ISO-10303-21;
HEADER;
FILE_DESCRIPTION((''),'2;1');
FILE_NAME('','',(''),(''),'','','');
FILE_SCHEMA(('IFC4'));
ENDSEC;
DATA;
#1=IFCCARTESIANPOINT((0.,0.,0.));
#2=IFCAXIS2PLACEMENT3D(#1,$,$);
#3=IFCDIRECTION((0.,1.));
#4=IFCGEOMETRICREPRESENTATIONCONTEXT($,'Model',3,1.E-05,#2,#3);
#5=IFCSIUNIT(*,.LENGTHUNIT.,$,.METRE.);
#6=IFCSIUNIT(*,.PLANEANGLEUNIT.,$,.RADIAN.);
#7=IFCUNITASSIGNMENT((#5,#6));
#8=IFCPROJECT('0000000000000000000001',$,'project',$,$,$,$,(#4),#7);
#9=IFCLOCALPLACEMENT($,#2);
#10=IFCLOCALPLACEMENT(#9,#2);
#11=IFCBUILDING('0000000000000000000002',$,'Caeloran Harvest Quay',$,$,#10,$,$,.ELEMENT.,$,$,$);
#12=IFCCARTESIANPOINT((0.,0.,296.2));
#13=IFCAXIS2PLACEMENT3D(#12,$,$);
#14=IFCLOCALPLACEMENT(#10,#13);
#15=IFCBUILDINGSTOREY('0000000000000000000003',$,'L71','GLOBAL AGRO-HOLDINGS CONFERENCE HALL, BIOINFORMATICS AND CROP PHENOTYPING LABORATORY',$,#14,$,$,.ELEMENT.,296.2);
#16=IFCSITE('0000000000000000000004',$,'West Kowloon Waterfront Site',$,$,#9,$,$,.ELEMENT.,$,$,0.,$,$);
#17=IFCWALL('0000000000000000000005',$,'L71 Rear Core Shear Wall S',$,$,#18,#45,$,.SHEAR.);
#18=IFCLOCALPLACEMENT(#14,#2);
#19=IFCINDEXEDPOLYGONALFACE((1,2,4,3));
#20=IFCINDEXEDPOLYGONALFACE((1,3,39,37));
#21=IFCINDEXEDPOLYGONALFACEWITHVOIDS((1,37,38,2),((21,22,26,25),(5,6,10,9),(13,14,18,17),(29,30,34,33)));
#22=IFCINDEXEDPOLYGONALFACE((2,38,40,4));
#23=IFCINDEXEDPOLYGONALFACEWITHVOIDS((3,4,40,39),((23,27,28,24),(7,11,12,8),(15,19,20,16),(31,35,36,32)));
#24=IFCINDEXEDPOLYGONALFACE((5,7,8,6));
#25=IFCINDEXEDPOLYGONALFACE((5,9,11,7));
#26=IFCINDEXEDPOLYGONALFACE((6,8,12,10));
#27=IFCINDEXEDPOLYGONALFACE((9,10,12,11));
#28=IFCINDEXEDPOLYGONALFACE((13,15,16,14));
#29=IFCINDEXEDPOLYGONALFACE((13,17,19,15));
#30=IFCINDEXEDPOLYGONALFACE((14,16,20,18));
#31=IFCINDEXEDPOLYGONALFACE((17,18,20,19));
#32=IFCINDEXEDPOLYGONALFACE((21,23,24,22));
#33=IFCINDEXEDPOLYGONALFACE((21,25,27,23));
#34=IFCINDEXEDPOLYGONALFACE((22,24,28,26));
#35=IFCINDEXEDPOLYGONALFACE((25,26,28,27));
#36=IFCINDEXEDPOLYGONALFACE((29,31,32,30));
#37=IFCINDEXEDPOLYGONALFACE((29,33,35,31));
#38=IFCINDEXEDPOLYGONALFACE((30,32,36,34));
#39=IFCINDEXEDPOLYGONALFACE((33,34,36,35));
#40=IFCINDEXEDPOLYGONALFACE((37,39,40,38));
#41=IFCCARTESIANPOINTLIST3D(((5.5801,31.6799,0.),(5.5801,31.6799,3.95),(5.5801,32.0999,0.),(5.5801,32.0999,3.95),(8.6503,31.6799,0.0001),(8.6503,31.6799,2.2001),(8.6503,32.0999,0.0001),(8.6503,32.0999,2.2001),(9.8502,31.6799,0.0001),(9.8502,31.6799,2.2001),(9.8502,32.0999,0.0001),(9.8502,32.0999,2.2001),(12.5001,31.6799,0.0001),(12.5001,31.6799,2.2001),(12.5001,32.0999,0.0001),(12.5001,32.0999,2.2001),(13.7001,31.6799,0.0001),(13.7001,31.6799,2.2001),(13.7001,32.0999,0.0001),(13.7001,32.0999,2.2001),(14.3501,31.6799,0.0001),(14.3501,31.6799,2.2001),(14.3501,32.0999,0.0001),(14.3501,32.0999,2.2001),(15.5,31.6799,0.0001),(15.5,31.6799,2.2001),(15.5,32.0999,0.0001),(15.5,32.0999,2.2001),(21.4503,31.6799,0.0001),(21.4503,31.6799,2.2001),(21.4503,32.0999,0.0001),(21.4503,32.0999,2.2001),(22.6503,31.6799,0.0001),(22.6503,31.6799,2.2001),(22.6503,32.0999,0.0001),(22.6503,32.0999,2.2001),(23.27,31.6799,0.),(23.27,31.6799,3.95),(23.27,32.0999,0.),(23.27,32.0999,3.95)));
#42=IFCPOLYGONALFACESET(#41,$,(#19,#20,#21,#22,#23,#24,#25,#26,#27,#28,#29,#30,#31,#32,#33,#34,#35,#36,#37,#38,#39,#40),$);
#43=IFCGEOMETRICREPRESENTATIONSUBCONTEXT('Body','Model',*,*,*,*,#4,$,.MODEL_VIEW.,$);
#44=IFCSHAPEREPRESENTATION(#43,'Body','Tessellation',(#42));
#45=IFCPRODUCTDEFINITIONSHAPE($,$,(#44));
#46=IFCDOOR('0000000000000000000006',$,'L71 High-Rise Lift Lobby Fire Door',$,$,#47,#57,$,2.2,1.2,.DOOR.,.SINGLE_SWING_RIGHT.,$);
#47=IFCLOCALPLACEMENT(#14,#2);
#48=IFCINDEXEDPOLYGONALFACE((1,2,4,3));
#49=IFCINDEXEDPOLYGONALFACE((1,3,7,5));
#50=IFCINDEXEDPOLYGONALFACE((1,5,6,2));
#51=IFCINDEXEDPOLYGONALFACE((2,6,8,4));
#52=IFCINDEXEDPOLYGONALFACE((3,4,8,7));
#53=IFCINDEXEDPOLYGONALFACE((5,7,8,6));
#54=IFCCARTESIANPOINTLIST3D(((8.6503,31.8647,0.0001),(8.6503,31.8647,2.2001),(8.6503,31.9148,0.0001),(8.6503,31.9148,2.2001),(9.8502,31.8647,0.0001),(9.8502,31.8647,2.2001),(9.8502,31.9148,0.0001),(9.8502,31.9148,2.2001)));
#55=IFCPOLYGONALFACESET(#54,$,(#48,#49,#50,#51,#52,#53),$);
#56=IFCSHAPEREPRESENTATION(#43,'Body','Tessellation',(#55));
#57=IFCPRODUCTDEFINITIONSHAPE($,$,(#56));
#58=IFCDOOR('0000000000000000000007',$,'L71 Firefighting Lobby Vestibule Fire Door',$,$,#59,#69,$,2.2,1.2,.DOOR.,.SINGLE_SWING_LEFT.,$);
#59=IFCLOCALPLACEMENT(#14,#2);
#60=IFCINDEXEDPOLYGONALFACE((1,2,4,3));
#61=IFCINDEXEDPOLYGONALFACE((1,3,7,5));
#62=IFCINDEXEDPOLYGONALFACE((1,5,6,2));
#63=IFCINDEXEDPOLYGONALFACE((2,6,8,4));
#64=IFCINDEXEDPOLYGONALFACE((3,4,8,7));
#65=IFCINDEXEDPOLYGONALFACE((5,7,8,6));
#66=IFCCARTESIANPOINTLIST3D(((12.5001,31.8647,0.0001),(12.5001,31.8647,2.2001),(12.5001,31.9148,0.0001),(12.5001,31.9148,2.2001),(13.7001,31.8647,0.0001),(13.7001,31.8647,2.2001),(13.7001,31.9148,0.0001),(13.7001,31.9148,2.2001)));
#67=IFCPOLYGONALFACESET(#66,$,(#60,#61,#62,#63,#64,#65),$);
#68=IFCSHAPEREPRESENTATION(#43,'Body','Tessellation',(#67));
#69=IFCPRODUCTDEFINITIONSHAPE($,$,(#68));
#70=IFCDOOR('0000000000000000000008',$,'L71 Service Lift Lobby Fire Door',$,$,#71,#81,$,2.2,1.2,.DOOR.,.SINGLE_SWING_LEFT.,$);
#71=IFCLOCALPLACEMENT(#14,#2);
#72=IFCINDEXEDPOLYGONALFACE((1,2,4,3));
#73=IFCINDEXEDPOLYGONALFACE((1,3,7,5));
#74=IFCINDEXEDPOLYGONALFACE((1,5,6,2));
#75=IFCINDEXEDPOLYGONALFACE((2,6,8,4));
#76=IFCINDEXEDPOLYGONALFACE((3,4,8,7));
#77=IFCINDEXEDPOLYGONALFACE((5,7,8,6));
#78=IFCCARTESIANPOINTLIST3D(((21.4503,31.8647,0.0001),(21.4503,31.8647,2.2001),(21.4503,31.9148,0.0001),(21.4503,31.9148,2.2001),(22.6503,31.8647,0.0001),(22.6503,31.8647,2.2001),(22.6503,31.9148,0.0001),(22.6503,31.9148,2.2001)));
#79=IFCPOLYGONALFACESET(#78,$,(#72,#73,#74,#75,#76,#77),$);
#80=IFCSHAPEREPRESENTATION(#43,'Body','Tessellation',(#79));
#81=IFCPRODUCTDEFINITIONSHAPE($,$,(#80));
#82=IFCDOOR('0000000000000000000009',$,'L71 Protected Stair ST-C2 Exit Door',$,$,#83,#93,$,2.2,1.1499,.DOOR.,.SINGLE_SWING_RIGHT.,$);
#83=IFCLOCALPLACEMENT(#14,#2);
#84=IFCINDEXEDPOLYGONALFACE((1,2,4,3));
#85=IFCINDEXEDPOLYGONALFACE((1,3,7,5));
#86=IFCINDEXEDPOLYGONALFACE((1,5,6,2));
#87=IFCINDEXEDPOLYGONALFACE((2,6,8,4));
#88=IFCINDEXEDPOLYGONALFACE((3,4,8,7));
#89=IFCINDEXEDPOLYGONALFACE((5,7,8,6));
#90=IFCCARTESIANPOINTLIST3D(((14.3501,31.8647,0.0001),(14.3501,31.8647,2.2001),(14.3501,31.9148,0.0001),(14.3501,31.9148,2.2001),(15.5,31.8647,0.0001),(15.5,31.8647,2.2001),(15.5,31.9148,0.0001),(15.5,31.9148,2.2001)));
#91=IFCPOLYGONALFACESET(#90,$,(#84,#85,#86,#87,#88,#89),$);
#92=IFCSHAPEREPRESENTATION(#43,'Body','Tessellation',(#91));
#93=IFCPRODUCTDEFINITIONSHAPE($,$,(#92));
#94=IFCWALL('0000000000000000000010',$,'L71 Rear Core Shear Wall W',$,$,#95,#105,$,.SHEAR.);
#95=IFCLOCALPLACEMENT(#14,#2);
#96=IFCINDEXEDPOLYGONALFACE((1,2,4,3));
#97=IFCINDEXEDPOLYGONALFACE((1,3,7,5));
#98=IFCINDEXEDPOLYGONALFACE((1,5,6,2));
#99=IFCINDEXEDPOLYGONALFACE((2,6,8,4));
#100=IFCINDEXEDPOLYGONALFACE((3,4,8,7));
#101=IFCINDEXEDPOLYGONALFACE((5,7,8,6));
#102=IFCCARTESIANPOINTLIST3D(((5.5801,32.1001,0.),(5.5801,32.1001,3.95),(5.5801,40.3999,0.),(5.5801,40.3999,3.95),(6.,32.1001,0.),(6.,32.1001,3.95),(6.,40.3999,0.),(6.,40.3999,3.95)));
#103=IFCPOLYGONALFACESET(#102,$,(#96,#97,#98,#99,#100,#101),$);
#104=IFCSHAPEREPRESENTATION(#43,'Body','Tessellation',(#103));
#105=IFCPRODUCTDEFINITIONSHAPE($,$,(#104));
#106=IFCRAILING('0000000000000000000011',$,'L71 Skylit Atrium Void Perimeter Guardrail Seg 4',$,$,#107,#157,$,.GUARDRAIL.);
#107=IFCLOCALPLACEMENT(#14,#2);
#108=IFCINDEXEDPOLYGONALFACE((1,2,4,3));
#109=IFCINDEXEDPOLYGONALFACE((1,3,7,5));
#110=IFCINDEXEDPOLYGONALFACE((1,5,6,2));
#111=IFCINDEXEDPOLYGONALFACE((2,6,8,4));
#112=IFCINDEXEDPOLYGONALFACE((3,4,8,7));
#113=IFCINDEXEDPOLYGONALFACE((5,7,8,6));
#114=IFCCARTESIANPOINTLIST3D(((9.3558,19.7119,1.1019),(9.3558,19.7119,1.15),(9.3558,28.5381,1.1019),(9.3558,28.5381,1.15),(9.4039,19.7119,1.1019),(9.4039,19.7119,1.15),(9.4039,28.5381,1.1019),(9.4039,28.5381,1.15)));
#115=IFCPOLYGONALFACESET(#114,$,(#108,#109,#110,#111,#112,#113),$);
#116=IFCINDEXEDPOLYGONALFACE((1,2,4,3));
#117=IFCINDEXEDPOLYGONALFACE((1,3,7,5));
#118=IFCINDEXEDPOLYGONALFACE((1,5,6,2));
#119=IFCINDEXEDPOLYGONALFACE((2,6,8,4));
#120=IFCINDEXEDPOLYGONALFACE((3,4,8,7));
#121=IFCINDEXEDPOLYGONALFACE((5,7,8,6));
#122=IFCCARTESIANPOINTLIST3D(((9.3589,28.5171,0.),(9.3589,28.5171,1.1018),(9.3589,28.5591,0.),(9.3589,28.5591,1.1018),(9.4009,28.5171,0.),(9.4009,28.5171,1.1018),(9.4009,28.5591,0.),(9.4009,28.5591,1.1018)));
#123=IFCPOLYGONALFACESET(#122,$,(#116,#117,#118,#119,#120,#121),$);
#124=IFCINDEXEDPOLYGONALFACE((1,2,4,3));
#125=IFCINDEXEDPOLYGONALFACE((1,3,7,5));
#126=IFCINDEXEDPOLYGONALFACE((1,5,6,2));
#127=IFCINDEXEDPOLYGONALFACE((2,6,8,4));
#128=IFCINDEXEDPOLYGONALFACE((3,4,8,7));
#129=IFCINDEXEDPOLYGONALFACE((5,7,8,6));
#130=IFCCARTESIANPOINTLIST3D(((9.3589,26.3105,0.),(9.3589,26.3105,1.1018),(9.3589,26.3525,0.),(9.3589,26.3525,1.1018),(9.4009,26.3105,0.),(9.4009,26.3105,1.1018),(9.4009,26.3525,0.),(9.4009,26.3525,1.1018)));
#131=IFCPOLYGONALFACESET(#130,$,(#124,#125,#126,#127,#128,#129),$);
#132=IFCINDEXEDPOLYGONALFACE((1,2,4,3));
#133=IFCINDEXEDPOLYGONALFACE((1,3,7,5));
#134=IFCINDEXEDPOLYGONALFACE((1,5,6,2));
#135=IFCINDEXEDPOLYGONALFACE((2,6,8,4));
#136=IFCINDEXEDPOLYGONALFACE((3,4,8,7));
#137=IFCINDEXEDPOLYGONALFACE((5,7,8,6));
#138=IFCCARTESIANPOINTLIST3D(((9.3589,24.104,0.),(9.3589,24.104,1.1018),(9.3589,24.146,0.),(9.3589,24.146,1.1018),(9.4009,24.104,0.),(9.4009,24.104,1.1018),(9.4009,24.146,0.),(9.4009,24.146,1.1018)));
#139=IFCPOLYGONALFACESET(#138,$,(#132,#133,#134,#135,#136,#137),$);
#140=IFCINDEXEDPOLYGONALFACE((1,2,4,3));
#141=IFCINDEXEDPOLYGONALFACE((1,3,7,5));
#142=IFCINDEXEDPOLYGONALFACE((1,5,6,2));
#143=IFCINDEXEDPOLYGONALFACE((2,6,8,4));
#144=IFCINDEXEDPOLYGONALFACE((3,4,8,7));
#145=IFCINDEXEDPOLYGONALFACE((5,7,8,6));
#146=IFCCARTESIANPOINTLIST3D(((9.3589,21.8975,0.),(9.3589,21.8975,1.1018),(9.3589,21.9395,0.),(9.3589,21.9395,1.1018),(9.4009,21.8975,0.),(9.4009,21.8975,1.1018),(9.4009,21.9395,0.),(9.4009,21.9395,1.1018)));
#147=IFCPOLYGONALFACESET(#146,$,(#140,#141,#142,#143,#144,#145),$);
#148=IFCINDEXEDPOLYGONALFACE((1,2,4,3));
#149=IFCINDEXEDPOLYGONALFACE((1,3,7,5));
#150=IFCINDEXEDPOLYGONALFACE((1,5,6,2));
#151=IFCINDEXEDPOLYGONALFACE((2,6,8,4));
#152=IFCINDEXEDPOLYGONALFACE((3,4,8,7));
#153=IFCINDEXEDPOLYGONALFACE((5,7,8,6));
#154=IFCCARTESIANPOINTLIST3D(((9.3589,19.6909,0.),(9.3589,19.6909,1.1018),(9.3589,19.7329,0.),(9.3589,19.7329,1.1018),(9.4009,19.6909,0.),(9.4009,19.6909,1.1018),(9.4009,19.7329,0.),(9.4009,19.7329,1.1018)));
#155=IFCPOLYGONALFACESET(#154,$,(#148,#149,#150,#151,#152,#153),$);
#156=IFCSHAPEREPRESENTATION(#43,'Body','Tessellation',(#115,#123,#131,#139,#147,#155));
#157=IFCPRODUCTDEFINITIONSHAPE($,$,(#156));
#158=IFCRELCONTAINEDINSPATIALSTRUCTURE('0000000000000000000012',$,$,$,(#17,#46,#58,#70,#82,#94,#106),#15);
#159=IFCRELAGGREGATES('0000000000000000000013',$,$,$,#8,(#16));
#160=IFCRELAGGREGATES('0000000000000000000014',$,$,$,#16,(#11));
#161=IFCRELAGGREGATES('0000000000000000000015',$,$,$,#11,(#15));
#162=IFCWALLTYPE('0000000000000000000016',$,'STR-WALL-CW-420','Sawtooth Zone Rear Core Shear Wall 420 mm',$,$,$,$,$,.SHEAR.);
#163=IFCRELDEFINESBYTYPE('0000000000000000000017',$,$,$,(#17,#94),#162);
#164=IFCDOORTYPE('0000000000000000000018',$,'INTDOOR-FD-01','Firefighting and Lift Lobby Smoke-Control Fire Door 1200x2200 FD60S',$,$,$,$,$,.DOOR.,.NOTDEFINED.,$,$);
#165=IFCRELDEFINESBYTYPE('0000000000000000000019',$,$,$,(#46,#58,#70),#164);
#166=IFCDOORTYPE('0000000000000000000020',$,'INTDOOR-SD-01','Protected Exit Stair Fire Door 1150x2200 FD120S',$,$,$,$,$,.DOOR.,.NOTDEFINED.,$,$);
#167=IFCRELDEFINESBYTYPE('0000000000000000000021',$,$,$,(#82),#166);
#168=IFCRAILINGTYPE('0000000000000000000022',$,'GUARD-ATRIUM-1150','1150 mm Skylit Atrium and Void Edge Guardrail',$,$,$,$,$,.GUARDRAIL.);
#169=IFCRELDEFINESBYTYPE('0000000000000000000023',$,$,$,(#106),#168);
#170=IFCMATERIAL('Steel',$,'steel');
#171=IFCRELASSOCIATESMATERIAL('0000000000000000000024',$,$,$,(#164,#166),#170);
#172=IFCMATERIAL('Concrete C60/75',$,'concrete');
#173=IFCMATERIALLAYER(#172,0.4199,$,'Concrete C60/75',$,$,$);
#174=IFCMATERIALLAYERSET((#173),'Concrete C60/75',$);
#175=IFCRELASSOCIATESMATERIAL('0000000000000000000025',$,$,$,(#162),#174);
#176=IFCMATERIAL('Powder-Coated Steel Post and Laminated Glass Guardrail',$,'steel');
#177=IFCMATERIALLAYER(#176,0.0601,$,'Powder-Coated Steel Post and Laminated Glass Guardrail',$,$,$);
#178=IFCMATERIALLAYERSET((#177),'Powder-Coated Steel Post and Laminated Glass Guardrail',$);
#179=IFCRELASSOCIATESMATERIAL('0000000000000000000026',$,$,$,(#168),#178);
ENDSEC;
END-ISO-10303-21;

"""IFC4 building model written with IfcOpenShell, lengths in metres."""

from ifc_helpers import new_model, si_unit, direction, frame, frame_2d, origin, origin_2d, place, context, subcontext, project, spatial, rectangle, extrude, material, layer, layer_set, type_object, element, fill, save


model = new_model("IFC4")

# Units and contexts
model_context = context("Model", 3, precision=1e-05, world=origin(), true_north=direction((0.0, 1.0)))
body_context = subcontext(model_context, "Body", "Model", "MODEL_VIEW")
ifc_project = project(units=[si_unit("LENGTHUNIT", "METRE"), si_unit("PLANEANGLEUNIT", "RADIAN")], contexts=[model_context])

# Site, building, storey
site_placement = place(None, origin())
site = spatial("IfcSite", under=ifc_project, at=site_placement, Name="West Kowloon Waterfront Site", CompositionType="ELEMENT", RefElevation=0.0)
building_placement = place(site_placement, origin())
building = spatial("IfcBuilding", under=site, at=building_placement, Name="Caeloran Harvest Quay", CompositionType="ELEMENT")
storey_placement = place(building_placement, frame((0.0, 0.0, 296.2)))
storey = spatial("IfcBuildingStorey", under=building, at=storey_placement, Name="L71", Description="GLOBAL AGRO-HOLDINGS CONFERENCE HALL, BIOINFORMATICS AND CROP PHENOTYPING LABORATORY", CompositionType="ELEMENT", Elevation=296.2)

# Shared definitions
ifc_material_1 = material(Name="Concrete C60/75", Category="concrete")

# Shared definitions
ifc_material_2 = material(Name="Steel", Category="steel")
door_type_1 = type_object("IfcDoorType", Name="INTDOOR-FD-01", Description="Firefighting and Lift Lobby Smoke-Control Fire Door 1200x2200 FD60S", OperationType="NOTDEFINED", PredefinedType="DOOR", material=ifc_material_2)

# Wall, openings, doors
ifc_layer_1 = layer(ifc_material_1, 0.4199, Name="Concrete C60/75")
ifc_layer_set_1 = layer_set([ifc_layer_1], Name="Concrete C60/75")
wall_type_1 = type_object("IfcWallType", Name="STR-WALL-CW-420", Description="Sawtooth Zone Rear Core Shear Wall 420 mm", PredefinedType="SHEAR", material=ifc_layer_set_1)
wall_1_placement = place(storey_placement, frame((5.5801, 31.8899, 0.0), z_axis=(0.0, 0.0, 1.0), x_axis=(1.0, 0.0, 0.0)))
wall_1 = element("IfcWall", 1, at=wall_1_placement, inside=storey, type_object=wall_type_1, Name="L71 Rear Core Shear Wall S", PredefinedType="SHEAR", context=body_context, shape_type="SweptSolid", body=[
    extrude(rectangle(XDim=17.6899, YDim=0.4199, at=frame_2d((8.845, 0.0))), origin(), (0.0, 0.0, 1.0), 3.95),
])
opening_1_placement = place(wall_1_placement, frame((3.0701, 0.0, 0.0)))
opening_1 = element("IfcOpeningElement", 2, at=opening_1_placement, cuts=wall_1, PredefinedType="OPENING", context=body_context, shape_type="SweptSolid", body=[
    extrude(rectangle(XDim=1.2, YDim=2.2, at=frame_2d((0.6001, 1.1001))), frame((0.0, 0.22, 0.0), z_axis=(0.0, -1.0, 0.0), x_axis=(1.0, 0.0, 0.0)), (0.0, 0.0, 1.0), 0.4399),
])
opening_2_placement = place(wall_1_placement, frame((6.9199, 0.0, 0.0)))
opening_2 = element("IfcOpeningElement", 3, at=opening_2_placement, cuts=wall_1, PredefinedType="OPENING", context=body_context, shape_type="SweptSolid", body=[
    extrude(rectangle(XDim=1.2, YDim=2.2, at=frame_2d((0.6001, 1.1001))), frame((0.0, 0.22, 0.0), z_axis=(0.0, -1.0, 0.0), x_axis=(1.0, 0.0, 0.0)), (0.0, 0.0, 1.0), 0.4399),
])
opening_3_placement = place(wall_1_placement, frame((8.77, 0.0, 0.0)))
opening_3 = element("IfcOpeningElement", 4, at=opening_3_placement, cuts=wall_1, PredefinedType="OPENING", context=body_context, shape_type="SweptSolid", body=[
    extrude(rectangle(XDim=1.1499, YDim=2.2, at=frame_2d((0.575, 1.1001))), frame((0.0, 0.22, 0.0), z_axis=(0.0, -1.0, 0.0), x_axis=(1.0, 0.0, 0.0)), (0.0, 0.0, 1.0), 0.4399),
])
opening_4_placement = place(wall_1_placement, frame((15.8701, 0.0, 0.0)))
opening_4 = element("IfcOpeningElement", 5, at=opening_4_placement, cuts=wall_1, PredefinedType="OPENING", context=body_context, shape_type="SweptSolid", body=[
    extrude(rectangle(XDim=1.2, YDim=2.2, at=frame_2d((0.6001, 1.1001))), frame((0.0, 0.22, 0.0), z_axis=(0.0, -1.0, 0.0), x_axis=(1.0, 0.0, 0.0)), (0.0, 0.0, 1.0), 0.4399),
])
door_1_placement = place(opening_1_placement, origin())
door_1 = element("IfcDoor", 6, at=door_1_placement, inside=storey, type_object=door_type_1, Name="L71 High-Rise Lift Lobby Fire Door", OperationType="SINGLE_SWING_RIGHT", OverallHeight=2.2, OverallWidth=1.2, PredefinedType="DOOR", context=body_context, shape_type="SweptSolid", body=[
    extrude(rectangle(XDim=1.2, YDim=2.2, at=frame_2d((0.6001, 1.1001))), frame((0.0, 0.0249, 0.0), z_axis=(0.0, -1.0, 0.0), x_axis=(1.0, 0.0, 0.0)), (0.0, 0.0, 1.0), 0.05),
])
fill(opening_1, door_1)
door_2_placement = place(opening_2_placement, origin())
door_2 = element("IfcDoor", 7, at=door_2_placement, inside=storey, type_object=door_type_1, Name="L71 Firefighting Lobby Vestibule Fire Door", OperationType="SINGLE_SWING_LEFT", OverallHeight=2.2, OverallWidth=1.2, PredefinedType="DOOR", context=body_context, shape_type="SweptSolid", body=[
    extrude(rectangle(XDim=1.2, YDim=2.2, at=frame_2d((0.6001, 1.1001))), frame((0.0, 0.0249, 0.0), z_axis=(0.0, -1.0, 0.0), x_axis=(1.0, 0.0, 0.0)), (0.0, 0.0, 1.0), 0.05),
])
fill(opening_2, door_2)
door_3_placement = place(opening_4_placement, origin())
door_3 = element("IfcDoor", 8, at=door_3_placement, inside=storey, type_object=door_type_1, Name="L71 Service Lift Lobby Fire Door", OperationType="SINGLE_SWING_LEFT", OverallHeight=2.2, OverallWidth=1.2, PredefinedType="DOOR", context=body_context, shape_type="SweptSolid", body=[
    extrude(rectangle(XDim=1.2, YDim=2.2, at=frame_2d((0.6001, 1.1001))), frame((0.0, 0.0249, 0.0), z_axis=(0.0, -1.0, 0.0), x_axis=(1.0, 0.0, 0.0)), (0.0, 0.0, 1.0), 0.05),
])
fill(opening_4, door_3)
door_type_2 = type_object("IfcDoorType", Name="INTDOOR-SD-01", Description="Protected Exit Stair Fire Door 1150x2200 FD120S", OperationType="NOTDEFINED", PredefinedType="DOOR", material=ifc_material_2)
door_4_placement = place(opening_3_placement, origin())
door_4 = element("IfcDoor", 9, at=door_4_placement, inside=storey, type_object=door_type_2, Name="L71 Protected Stair ST-C2 Exit Door", OperationType="SINGLE_SWING_RIGHT", OverallHeight=2.2, OverallWidth=1.1499, PredefinedType="DOOR", context=body_context, shape_type="SweptSolid", body=[
    extrude(rectangle(XDim=1.1499, YDim=2.2, at=frame_2d((0.575, 1.1001))), frame((0.0, 0.0249, 0.0), z_axis=(0.0, -1.0, 0.0), x_axis=(1.0, 0.0, 0.0)), (0.0, 0.0, 1.0), 0.05),
])
fill(opening_3, door_4)

# Wall
wall_2_placement = place(storey_placement, frame((5.79, 32.1001, 0.0), z_axis=(0.0, 0.0, 1.0), x_axis=(0.0, 1.0, 0.0)))
element("IfcWall", 10, at=wall_2_placement, inside=storey, type_object=wall_type_1, Name="L71 Rear Core Shear Wall W", PredefinedType="SHEAR", context=body_context, shape_type="SweptSolid", body=[
    extrude(rectangle(XDim=8.2998, YDim=0.4199, at=frame_2d((4.1499, 0.0))), origin(), (0.0, 0.0, 1.0), 3.95),
])

# Railing
ifc_material_3 = material(Name="Powder-Coated Steel Post and Laminated Glass Guardrail", Category="steel")
ifc_layer_2 = layer(ifc_material_3, 0.0601, Name="Powder-Coated Steel Post and Laminated Glass Guardrail")
ifc_layer_set_2 = layer_set([ifc_layer_2], Name="Powder-Coated Steel Post and Laminated Glass Guardrail")
railing_type = type_object("IfcRailingType", Name="GUARD-ATRIUM-1150", Description="1150 mm Skylit Atrium and Void Edge Guardrail", PredefinedType="GUARDRAIL", material=ifc_layer_set_2)
railing_placement = place(storey_placement, frame((9.3799, 28.5381, 0.0)))
element("IfcRailing", 11, at=railing_placement, inside=storey, type_object=railing_type, Name="L71 Skylit Atrium Void Perimeter Guardrail Seg 4", PredefinedType="GUARDRAIL", context=body_context, shape_type="SweptSolid", body=[
    extrude(rectangle(XDim=0.0481, YDim=0.0481, at=origin_2d()), frame((0.0, 0.0, 1.126), z_axis=(0.0, -1.0, 0.0), x_axis=(1.0, 0.0, 0.0)), (0.0, 0.0, 1.0), 8.8262),
    extrude(rectangle(XDim=0.042, YDim=0.042, at=origin_2d()), origin(), (0.0, 0.0, 1.0), 1.1018),
    extrude(rectangle(XDim=0.042, YDim=0.042, at=origin_2d()), frame((0.0, -2.2065, 0.0)), (0.0, 0.0, 1.0), 1.1018),
    extrude(rectangle(XDim=0.042, YDim=0.042, at=origin_2d()), frame((0.0, -4.4131, 0.0)), (0.0, 0.0, 1.0), 1.1018),
    extrude(rectangle(XDim=0.042, YDim=0.042, at=origin_2d()), frame((0.0, -6.6196, 0.0)), (0.0, 0.0, 1.0), 1.1018),
    extrude(rectangle(XDim=0.042, YDim=0.042, at=origin_2d()), frame((0.0, -8.8262, 0.0)), (0.0, 0.0, 1.0), 1.1018),
])

save(model, "model.ifc")
